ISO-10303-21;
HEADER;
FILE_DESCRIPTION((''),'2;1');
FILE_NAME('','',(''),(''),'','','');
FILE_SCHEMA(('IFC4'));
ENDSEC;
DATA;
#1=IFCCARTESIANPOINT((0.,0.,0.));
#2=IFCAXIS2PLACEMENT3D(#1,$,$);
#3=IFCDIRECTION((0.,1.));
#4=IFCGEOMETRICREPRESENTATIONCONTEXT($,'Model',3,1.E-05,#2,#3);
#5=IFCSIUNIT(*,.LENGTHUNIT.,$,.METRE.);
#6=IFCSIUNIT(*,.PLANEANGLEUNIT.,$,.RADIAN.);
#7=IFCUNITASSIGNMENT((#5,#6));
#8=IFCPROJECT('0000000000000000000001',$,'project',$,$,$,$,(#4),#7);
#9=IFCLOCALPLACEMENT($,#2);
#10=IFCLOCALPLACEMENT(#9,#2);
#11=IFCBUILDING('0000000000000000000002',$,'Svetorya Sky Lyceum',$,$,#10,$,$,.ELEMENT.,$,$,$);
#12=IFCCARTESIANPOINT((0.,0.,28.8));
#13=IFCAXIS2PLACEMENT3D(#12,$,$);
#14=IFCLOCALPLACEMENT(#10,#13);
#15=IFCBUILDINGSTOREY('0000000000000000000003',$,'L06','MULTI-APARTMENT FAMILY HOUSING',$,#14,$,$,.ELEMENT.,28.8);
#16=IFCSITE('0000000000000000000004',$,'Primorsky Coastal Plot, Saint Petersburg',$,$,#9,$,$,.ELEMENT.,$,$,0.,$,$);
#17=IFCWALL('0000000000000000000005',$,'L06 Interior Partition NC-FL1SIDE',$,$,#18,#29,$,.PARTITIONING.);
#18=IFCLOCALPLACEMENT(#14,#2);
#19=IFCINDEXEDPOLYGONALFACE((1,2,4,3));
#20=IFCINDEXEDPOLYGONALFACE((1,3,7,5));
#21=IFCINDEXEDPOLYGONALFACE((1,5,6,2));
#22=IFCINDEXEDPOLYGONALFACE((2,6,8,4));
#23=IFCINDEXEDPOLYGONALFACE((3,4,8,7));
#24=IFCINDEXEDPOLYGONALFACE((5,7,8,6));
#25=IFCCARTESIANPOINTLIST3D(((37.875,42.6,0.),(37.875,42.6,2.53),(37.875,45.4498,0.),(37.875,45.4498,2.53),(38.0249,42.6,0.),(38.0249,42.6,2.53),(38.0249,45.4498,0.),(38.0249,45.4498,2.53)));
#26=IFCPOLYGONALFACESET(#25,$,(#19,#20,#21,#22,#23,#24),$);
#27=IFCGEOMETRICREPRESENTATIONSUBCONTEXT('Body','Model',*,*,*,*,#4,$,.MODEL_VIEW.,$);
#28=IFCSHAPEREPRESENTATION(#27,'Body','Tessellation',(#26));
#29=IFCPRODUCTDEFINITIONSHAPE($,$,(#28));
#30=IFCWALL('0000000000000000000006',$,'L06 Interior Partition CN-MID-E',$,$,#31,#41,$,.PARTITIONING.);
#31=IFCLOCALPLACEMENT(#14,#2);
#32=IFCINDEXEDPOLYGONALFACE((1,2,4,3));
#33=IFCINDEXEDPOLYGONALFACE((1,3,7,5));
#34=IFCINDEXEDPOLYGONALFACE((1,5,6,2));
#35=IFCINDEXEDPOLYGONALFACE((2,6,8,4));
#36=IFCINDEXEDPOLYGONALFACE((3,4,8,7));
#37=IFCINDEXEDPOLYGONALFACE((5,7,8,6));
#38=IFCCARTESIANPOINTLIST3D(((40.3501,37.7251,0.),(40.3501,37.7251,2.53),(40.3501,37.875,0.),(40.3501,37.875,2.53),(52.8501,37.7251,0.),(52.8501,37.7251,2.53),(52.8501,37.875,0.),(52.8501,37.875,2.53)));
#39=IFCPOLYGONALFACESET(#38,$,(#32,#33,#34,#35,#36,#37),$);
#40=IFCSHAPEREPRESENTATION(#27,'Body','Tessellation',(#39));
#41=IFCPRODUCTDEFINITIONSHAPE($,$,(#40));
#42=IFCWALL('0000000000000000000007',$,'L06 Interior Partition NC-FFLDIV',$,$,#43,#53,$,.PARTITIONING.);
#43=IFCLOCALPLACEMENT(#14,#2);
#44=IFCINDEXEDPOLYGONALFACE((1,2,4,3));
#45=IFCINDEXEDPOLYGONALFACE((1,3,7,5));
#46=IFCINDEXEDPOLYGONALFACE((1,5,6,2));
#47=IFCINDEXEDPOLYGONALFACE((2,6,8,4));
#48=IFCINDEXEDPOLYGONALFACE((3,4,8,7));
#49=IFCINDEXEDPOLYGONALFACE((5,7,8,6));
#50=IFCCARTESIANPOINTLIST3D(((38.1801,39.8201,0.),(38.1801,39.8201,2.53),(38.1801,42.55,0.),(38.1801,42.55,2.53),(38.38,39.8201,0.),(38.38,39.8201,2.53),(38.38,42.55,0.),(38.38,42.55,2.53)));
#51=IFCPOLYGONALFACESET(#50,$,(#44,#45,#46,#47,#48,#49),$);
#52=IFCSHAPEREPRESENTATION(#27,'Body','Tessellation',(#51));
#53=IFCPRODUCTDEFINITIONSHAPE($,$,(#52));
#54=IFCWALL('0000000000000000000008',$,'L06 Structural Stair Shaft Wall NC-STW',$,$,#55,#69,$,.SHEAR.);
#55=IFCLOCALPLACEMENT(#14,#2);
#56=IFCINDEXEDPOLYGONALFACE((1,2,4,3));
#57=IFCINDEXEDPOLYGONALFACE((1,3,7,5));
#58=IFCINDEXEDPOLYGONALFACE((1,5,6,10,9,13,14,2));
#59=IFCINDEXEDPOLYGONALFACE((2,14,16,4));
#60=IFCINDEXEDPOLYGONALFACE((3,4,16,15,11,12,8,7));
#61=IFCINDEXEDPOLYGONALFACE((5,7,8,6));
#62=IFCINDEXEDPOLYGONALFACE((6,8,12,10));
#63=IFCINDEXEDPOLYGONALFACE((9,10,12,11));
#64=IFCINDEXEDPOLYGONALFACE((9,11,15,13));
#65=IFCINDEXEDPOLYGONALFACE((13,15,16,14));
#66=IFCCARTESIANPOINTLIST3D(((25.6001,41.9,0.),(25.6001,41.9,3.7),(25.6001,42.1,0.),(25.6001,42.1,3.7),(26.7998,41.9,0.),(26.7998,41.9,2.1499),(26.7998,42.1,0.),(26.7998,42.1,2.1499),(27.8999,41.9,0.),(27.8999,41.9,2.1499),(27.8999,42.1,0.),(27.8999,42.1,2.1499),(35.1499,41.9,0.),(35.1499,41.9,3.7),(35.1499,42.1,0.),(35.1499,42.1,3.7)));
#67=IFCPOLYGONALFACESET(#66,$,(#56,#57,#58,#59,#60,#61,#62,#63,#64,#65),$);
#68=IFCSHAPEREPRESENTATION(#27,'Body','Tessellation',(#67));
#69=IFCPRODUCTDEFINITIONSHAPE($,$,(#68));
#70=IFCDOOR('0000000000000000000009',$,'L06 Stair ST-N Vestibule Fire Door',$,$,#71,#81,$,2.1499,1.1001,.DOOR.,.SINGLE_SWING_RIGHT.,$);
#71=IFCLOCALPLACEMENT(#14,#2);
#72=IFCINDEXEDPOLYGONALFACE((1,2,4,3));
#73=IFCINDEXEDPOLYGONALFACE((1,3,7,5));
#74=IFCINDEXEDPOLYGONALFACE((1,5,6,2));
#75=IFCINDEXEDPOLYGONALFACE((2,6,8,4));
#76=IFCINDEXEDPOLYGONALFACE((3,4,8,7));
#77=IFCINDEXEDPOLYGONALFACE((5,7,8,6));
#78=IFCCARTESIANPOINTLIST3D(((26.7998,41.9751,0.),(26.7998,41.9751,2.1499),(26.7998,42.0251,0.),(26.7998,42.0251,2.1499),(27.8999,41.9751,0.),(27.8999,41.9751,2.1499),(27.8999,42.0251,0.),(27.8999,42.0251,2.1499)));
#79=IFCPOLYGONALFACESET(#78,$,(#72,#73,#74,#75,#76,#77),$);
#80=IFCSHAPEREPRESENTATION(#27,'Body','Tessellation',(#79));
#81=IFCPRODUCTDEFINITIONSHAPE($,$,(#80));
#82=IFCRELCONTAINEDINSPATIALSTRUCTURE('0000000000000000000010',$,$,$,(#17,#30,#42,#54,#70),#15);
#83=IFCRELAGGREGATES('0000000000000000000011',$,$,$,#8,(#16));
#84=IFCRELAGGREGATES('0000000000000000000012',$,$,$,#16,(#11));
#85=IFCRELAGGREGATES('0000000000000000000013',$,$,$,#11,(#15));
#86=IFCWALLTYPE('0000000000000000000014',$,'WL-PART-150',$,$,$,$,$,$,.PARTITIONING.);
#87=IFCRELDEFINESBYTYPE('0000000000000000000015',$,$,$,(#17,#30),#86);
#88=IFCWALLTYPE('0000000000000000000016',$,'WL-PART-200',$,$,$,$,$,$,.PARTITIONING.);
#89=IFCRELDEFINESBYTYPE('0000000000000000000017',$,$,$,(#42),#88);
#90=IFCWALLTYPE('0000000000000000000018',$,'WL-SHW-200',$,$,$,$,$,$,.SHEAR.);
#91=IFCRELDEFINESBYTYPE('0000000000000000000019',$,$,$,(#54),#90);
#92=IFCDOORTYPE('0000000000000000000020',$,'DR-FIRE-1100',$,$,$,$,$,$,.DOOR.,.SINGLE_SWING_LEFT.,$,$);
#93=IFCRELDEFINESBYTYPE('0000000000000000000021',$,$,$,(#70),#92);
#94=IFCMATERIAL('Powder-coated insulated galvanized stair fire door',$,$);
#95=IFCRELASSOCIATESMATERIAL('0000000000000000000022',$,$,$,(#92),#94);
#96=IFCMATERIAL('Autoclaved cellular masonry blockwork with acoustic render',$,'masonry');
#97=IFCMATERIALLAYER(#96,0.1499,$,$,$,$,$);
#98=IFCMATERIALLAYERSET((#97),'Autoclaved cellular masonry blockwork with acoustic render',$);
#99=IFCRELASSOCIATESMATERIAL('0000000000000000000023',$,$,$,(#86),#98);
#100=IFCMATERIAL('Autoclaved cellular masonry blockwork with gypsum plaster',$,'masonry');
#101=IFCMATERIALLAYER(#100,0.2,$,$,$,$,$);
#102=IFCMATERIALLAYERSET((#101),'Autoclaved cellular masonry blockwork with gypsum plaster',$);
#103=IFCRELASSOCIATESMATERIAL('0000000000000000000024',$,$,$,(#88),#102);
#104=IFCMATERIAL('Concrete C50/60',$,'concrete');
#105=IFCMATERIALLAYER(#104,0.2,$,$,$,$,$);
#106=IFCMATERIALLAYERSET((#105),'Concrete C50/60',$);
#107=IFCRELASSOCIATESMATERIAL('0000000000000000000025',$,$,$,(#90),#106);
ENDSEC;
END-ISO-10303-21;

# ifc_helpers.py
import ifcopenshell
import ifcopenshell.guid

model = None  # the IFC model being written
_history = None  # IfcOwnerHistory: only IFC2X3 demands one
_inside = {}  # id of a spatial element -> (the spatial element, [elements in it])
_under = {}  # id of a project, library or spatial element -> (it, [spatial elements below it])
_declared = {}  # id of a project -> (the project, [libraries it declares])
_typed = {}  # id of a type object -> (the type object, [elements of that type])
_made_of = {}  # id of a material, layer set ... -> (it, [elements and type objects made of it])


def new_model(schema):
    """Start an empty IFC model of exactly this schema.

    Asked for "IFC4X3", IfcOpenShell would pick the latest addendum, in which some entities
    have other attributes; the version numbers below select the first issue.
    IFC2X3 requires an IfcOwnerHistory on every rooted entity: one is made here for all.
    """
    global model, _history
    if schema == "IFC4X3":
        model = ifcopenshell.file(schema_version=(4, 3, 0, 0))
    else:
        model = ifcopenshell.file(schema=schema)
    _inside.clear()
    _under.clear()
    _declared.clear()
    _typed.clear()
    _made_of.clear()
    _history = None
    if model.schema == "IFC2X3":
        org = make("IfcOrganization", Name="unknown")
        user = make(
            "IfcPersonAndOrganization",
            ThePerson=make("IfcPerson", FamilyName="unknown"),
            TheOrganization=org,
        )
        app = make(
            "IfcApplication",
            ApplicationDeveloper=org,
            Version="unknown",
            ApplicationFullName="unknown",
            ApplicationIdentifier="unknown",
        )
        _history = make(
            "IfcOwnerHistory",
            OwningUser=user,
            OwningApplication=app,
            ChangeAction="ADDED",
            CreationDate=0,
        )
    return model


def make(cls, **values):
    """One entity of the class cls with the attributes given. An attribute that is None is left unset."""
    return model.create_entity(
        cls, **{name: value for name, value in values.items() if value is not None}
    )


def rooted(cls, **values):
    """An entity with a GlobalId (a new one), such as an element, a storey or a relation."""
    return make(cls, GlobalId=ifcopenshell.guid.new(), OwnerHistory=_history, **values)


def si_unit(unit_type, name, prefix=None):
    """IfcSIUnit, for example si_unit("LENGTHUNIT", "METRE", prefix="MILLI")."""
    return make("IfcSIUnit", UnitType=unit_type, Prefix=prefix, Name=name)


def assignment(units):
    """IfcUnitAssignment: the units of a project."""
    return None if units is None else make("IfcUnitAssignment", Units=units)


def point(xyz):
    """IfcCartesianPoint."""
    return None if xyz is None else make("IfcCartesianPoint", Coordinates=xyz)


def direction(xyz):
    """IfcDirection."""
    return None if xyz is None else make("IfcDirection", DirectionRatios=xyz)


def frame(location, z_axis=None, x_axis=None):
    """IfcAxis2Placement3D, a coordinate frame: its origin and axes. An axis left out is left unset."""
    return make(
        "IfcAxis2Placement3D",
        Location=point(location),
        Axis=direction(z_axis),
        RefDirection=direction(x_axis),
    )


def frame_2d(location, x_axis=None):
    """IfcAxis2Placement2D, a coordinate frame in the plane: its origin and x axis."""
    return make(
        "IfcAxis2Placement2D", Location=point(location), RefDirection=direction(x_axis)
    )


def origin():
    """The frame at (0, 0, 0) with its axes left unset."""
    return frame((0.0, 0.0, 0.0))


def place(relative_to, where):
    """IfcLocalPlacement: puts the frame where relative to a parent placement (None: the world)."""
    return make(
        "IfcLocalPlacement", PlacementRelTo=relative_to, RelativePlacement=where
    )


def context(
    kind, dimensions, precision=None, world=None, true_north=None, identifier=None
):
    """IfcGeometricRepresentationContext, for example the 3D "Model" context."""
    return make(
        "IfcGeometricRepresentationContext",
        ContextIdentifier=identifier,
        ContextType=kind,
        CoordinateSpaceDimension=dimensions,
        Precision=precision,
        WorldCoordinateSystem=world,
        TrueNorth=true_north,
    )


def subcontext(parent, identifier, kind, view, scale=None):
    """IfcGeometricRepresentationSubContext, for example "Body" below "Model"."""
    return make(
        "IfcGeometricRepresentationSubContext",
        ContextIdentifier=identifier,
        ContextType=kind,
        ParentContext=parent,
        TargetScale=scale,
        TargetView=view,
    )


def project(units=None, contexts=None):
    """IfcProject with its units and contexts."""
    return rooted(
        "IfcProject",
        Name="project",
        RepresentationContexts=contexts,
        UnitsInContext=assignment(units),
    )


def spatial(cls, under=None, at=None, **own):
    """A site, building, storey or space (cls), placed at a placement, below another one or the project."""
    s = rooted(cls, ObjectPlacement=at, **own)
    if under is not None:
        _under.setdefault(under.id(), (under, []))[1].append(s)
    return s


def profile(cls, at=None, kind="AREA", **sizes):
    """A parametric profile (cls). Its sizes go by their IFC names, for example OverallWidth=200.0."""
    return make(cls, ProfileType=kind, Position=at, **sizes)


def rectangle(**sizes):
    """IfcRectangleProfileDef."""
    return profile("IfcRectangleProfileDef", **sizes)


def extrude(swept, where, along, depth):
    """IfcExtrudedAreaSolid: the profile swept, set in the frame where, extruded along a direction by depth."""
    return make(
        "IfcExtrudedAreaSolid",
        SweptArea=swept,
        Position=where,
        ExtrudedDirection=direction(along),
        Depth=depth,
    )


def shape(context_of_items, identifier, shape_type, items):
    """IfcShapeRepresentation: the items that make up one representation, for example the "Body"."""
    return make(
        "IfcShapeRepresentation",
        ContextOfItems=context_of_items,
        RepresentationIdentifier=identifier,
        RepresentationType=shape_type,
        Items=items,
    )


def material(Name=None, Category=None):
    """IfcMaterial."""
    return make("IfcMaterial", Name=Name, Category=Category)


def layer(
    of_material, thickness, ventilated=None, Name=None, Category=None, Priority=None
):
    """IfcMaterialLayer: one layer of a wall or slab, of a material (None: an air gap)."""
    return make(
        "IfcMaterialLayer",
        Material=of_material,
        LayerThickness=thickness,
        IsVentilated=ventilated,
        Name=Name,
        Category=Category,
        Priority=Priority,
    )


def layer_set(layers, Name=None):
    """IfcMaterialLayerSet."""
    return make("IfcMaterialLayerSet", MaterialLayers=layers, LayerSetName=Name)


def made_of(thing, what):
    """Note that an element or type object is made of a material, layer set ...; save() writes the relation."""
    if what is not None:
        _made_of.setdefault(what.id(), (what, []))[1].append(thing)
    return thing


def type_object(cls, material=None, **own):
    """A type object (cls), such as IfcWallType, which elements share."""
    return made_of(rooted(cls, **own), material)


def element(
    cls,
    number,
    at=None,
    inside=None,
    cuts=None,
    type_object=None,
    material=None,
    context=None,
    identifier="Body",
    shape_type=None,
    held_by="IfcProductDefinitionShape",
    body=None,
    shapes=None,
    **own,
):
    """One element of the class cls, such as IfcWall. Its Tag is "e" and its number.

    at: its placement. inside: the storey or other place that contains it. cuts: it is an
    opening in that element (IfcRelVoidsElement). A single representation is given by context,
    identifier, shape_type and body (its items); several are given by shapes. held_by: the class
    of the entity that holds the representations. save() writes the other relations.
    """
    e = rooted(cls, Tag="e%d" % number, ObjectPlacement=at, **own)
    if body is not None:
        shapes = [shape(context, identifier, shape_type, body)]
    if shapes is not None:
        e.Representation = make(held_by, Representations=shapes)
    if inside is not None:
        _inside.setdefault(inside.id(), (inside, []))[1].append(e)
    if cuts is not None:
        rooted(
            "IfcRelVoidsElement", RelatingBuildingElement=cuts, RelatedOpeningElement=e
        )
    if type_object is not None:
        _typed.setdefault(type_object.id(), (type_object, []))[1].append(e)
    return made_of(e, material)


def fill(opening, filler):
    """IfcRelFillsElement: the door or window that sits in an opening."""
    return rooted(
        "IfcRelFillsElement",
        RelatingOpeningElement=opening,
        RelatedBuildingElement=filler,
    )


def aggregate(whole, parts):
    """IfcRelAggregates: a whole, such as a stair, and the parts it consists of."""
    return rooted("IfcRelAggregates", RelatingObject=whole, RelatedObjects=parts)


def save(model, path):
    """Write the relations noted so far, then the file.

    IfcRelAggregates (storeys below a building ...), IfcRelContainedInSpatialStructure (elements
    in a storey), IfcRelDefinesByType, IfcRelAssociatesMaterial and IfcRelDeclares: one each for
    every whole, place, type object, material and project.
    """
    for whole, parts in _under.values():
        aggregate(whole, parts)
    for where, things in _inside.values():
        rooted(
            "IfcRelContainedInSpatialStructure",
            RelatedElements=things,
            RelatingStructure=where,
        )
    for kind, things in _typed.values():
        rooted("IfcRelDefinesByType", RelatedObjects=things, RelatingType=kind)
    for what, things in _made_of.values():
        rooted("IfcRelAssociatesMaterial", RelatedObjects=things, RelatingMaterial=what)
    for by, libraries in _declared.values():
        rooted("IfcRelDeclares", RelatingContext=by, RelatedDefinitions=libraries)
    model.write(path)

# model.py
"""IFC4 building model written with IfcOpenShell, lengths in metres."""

from ifc_helpers import new_model, si_unit, direction, frame, frame_2d, origin, place, context, subcontext, project, spatial, rectangle, extrude, material, layer, layer_set, type_object, element, fill, save


model = new_model("IFC4")

# Units and contexts
model_context = context("Model", 3, precision=1e-05, world=origin(), true_north=direction((0.0, 1.0)))
body_context = subcontext(model_context, "Body", "Model", "MODEL_VIEW")
ifc_project = project(units=[si_unit("LENGTHUNIT", "METRE"), si_unit("PLANEANGLEUNIT", "RADIAN")], contexts=[model_context])

# Site, building, storey
site_placement = place(None, origin())
site = spatial("IfcSite", under=ifc_project, at=site_placement, Name="Primorsky Coastal Plot, Saint Petersburg", CompositionType="ELEMENT", RefElevation=0.0)
building_placement = place(site_placement, origin())
building = spatial("IfcBuilding", under=site, at=building_placement, Name="Svetorya Sky Lyceum", CompositionType="ELEMENT")
storey_placement = place(building_placement, frame((0.0, 0.0, 28.8)))
storey = spatial("IfcBuildingStorey", under=building, at=storey_placement, Name="L06", Description="MULTI-APARTMENT FAMILY HOUSING", CompositionType="ELEMENT", Elevation=28.8)

# Shared definitions
ifc_material_1 = material(Name="Concrete C50/60", Category="concrete")

# Shared definitions
ifc_material_2 = material(Name="Powder-coated insulated galvanized stair fire door")
door_type_1 = type_object("IfcDoorType", Name="DR-FIRE-1100", OperationType="SINGLE_SWING_LEFT", PredefinedType="DOOR", material=ifc_material_2)

# Walls
ifc_material_3 = material(Name="Autoclaved cellular masonry blockwork with acoustic render", Category="masonry")
ifc_layer_1 = layer(ifc_material_3, 0.1499)
ifc_layer_set_1 = layer_set([ifc_layer_1], Name="Autoclaved cellular masonry blockwork with acoustic render")
wall_type_1 = type_object("IfcWallType", Name="WL-PART-150", PredefinedType="PARTITIONING", material=ifc_layer_set_1)
wall_1_placement = place(storey_placement, frame((37.95, 42.6001, 0.0), z_axis=(0.0, 0.0, 1.0), x_axis=(0.0, 1.0, 0.0)))
element("IfcWall", 1, at=wall_1_placement, inside=storey, type_object=wall_type_1, Name="L06 Interior Partition NC-FL1SIDE", PredefinedType="PARTITIONING", context=body_context, shape_type="SweptSolid", body=[
    extrude(rectangle(XDim=2.8499, YDim=0.1499, at=frame_2d((1.4248, 0.0))), origin(), (0.0, 0.0, 1.0), 2.53),
])
wall_2_placement = place(storey_placement, frame((40.3501, 37.8, 0.0), z_axis=(0.0, 0.0, 1.0), x_axis=(1.0, 0.0, 0.0)))
element("IfcWall", 2, at=wall_2_placement, inside=storey, type_object=wall_type_1, Name="L06 Interior Partition CN-MID-E", PredefinedType="PARTITIONING", context=body_context, shape_type="SweptSolid", body=[
    extrude(rectangle(XDim=12.5, YDim=0.1499, at=frame_2d((6.25, 0.0))), origin(), (0.0, 0.0, 1.0), 2.53),
])

# Shared definitions
ifc_material_4 = material(Name="Autoclaved cellular masonry blockwork with gypsum plaster", Category="masonry")
ifc_layer_2 = layer(ifc_material_4, 0.2)
ifc_layer_set_2 = layer_set([ifc_layer_2], Name="Autoclaved cellular masonry blockwork with gypsum plaster")
wall_type_2 = type_object("IfcWallType", Name="WL-PART-200", PredefinedType="PARTITIONING", material=ifc_layer_set_2)

# Wall
wall_3_placement = place(storey_placement, frame((38.28, 39.8201, 0.0), z_axis=(0.0, 0.0, 1.0), x_axis=(0.0, 1.0, 0.0)))
element("IfcWall", 3, at=wall_3_placement, inside=storey, type_object=wall_type_2, Name="L06 Interior Partition NC-FFLDIV", PredefinedType="PARTITIONING", context=body_context, shape_type="SweptSolid", body=[
    extrude(rectangle(XDim=2.73, YDim=0.2, at=frame_2d((1.365, 0.0))), origin(), (0.0, 0.0, 1.0), 2.53),
])

# Wall, opening, door
ifc_layer_3 = layer(ifc_material_1, 0.2)
ifc_layer_set_3 = layer_set([ifc_layer_3], Name="Concrete C50/60")
wall_type_3 = type_object("IfcWallType", Name="WL-SHW-200", PredefinedType="SHEAR", material=ifc_layer_set_3)
wall_4_placement = place(storey_placement, frame((35.1499, 42.0, 0.0), z_axis=(0.0, 0.0, 1.0), x_axis=(-1.0, 0.0, 0.0)))
wall_4 = element("IfcWall", 4, at=wall_4_placement, inside=storey, type_object=wall_type_3, Name="L06 Structural Stair Shaft Wall NC-STW", PredefinedType="SHEAR", context=body_context, shape_type="SweptSolid", body=[
    extrude(rectangle(XDim=9.5498, YDim=0.2, at=frame_2d((4.7749, 0.0))), origin(), (0.0, 0.0, 1.0), 3.7),
])
opening_1_placement = place(wall_4_placement, frame((7.25, 0.0, 0.0)))
opening_1 = element("IfcOpeningElement", 5, at=opening_1_placement, cuts=wall_4, PredefinedType="OPENING", context=body_context, shape_type="SweptSolid", body=[
    extrude(rectangle(XDim=1.1001, YDim=2.1499, at=frame_2d((0.55, 1.075))), frame((0.0, 0.1099, 0.0), z_axis=(0.0, -1.0, 0.0), x_axis=(1.0, 0.0, 0.0)), (0.0, 0.0, 1.0), 0.22),
])
door_1_placement = place(opening_1_placement, origin())
door_1 = element("IfcDoor", 6, at=door_1_placement, inside=storey, type_object=door_type_1, Name="L06 Stair ST-N Vestibule Fire Door", OperationType="SINGLE_SWING_RIGHT", OverallHeight=2.1499, OverallWidth=1.1001, PredefinedType="DOOR", context=body_context, shape_type="SweptSolid", body=[
    extrude(rectangle(XDim=1.1001, YDim=2.1499, at=frame_2d((0.55, 1.075))), frame((0.0, 0.0249, 0.0), z_axis=(0.0, -1.0, 0.0), x_axis=(1.0, 0.0, 0.0)), (0.0, 0.0, 1.0), 0.05),
])
fill(opening_1, door_1)

save(model, "model.ifc")
